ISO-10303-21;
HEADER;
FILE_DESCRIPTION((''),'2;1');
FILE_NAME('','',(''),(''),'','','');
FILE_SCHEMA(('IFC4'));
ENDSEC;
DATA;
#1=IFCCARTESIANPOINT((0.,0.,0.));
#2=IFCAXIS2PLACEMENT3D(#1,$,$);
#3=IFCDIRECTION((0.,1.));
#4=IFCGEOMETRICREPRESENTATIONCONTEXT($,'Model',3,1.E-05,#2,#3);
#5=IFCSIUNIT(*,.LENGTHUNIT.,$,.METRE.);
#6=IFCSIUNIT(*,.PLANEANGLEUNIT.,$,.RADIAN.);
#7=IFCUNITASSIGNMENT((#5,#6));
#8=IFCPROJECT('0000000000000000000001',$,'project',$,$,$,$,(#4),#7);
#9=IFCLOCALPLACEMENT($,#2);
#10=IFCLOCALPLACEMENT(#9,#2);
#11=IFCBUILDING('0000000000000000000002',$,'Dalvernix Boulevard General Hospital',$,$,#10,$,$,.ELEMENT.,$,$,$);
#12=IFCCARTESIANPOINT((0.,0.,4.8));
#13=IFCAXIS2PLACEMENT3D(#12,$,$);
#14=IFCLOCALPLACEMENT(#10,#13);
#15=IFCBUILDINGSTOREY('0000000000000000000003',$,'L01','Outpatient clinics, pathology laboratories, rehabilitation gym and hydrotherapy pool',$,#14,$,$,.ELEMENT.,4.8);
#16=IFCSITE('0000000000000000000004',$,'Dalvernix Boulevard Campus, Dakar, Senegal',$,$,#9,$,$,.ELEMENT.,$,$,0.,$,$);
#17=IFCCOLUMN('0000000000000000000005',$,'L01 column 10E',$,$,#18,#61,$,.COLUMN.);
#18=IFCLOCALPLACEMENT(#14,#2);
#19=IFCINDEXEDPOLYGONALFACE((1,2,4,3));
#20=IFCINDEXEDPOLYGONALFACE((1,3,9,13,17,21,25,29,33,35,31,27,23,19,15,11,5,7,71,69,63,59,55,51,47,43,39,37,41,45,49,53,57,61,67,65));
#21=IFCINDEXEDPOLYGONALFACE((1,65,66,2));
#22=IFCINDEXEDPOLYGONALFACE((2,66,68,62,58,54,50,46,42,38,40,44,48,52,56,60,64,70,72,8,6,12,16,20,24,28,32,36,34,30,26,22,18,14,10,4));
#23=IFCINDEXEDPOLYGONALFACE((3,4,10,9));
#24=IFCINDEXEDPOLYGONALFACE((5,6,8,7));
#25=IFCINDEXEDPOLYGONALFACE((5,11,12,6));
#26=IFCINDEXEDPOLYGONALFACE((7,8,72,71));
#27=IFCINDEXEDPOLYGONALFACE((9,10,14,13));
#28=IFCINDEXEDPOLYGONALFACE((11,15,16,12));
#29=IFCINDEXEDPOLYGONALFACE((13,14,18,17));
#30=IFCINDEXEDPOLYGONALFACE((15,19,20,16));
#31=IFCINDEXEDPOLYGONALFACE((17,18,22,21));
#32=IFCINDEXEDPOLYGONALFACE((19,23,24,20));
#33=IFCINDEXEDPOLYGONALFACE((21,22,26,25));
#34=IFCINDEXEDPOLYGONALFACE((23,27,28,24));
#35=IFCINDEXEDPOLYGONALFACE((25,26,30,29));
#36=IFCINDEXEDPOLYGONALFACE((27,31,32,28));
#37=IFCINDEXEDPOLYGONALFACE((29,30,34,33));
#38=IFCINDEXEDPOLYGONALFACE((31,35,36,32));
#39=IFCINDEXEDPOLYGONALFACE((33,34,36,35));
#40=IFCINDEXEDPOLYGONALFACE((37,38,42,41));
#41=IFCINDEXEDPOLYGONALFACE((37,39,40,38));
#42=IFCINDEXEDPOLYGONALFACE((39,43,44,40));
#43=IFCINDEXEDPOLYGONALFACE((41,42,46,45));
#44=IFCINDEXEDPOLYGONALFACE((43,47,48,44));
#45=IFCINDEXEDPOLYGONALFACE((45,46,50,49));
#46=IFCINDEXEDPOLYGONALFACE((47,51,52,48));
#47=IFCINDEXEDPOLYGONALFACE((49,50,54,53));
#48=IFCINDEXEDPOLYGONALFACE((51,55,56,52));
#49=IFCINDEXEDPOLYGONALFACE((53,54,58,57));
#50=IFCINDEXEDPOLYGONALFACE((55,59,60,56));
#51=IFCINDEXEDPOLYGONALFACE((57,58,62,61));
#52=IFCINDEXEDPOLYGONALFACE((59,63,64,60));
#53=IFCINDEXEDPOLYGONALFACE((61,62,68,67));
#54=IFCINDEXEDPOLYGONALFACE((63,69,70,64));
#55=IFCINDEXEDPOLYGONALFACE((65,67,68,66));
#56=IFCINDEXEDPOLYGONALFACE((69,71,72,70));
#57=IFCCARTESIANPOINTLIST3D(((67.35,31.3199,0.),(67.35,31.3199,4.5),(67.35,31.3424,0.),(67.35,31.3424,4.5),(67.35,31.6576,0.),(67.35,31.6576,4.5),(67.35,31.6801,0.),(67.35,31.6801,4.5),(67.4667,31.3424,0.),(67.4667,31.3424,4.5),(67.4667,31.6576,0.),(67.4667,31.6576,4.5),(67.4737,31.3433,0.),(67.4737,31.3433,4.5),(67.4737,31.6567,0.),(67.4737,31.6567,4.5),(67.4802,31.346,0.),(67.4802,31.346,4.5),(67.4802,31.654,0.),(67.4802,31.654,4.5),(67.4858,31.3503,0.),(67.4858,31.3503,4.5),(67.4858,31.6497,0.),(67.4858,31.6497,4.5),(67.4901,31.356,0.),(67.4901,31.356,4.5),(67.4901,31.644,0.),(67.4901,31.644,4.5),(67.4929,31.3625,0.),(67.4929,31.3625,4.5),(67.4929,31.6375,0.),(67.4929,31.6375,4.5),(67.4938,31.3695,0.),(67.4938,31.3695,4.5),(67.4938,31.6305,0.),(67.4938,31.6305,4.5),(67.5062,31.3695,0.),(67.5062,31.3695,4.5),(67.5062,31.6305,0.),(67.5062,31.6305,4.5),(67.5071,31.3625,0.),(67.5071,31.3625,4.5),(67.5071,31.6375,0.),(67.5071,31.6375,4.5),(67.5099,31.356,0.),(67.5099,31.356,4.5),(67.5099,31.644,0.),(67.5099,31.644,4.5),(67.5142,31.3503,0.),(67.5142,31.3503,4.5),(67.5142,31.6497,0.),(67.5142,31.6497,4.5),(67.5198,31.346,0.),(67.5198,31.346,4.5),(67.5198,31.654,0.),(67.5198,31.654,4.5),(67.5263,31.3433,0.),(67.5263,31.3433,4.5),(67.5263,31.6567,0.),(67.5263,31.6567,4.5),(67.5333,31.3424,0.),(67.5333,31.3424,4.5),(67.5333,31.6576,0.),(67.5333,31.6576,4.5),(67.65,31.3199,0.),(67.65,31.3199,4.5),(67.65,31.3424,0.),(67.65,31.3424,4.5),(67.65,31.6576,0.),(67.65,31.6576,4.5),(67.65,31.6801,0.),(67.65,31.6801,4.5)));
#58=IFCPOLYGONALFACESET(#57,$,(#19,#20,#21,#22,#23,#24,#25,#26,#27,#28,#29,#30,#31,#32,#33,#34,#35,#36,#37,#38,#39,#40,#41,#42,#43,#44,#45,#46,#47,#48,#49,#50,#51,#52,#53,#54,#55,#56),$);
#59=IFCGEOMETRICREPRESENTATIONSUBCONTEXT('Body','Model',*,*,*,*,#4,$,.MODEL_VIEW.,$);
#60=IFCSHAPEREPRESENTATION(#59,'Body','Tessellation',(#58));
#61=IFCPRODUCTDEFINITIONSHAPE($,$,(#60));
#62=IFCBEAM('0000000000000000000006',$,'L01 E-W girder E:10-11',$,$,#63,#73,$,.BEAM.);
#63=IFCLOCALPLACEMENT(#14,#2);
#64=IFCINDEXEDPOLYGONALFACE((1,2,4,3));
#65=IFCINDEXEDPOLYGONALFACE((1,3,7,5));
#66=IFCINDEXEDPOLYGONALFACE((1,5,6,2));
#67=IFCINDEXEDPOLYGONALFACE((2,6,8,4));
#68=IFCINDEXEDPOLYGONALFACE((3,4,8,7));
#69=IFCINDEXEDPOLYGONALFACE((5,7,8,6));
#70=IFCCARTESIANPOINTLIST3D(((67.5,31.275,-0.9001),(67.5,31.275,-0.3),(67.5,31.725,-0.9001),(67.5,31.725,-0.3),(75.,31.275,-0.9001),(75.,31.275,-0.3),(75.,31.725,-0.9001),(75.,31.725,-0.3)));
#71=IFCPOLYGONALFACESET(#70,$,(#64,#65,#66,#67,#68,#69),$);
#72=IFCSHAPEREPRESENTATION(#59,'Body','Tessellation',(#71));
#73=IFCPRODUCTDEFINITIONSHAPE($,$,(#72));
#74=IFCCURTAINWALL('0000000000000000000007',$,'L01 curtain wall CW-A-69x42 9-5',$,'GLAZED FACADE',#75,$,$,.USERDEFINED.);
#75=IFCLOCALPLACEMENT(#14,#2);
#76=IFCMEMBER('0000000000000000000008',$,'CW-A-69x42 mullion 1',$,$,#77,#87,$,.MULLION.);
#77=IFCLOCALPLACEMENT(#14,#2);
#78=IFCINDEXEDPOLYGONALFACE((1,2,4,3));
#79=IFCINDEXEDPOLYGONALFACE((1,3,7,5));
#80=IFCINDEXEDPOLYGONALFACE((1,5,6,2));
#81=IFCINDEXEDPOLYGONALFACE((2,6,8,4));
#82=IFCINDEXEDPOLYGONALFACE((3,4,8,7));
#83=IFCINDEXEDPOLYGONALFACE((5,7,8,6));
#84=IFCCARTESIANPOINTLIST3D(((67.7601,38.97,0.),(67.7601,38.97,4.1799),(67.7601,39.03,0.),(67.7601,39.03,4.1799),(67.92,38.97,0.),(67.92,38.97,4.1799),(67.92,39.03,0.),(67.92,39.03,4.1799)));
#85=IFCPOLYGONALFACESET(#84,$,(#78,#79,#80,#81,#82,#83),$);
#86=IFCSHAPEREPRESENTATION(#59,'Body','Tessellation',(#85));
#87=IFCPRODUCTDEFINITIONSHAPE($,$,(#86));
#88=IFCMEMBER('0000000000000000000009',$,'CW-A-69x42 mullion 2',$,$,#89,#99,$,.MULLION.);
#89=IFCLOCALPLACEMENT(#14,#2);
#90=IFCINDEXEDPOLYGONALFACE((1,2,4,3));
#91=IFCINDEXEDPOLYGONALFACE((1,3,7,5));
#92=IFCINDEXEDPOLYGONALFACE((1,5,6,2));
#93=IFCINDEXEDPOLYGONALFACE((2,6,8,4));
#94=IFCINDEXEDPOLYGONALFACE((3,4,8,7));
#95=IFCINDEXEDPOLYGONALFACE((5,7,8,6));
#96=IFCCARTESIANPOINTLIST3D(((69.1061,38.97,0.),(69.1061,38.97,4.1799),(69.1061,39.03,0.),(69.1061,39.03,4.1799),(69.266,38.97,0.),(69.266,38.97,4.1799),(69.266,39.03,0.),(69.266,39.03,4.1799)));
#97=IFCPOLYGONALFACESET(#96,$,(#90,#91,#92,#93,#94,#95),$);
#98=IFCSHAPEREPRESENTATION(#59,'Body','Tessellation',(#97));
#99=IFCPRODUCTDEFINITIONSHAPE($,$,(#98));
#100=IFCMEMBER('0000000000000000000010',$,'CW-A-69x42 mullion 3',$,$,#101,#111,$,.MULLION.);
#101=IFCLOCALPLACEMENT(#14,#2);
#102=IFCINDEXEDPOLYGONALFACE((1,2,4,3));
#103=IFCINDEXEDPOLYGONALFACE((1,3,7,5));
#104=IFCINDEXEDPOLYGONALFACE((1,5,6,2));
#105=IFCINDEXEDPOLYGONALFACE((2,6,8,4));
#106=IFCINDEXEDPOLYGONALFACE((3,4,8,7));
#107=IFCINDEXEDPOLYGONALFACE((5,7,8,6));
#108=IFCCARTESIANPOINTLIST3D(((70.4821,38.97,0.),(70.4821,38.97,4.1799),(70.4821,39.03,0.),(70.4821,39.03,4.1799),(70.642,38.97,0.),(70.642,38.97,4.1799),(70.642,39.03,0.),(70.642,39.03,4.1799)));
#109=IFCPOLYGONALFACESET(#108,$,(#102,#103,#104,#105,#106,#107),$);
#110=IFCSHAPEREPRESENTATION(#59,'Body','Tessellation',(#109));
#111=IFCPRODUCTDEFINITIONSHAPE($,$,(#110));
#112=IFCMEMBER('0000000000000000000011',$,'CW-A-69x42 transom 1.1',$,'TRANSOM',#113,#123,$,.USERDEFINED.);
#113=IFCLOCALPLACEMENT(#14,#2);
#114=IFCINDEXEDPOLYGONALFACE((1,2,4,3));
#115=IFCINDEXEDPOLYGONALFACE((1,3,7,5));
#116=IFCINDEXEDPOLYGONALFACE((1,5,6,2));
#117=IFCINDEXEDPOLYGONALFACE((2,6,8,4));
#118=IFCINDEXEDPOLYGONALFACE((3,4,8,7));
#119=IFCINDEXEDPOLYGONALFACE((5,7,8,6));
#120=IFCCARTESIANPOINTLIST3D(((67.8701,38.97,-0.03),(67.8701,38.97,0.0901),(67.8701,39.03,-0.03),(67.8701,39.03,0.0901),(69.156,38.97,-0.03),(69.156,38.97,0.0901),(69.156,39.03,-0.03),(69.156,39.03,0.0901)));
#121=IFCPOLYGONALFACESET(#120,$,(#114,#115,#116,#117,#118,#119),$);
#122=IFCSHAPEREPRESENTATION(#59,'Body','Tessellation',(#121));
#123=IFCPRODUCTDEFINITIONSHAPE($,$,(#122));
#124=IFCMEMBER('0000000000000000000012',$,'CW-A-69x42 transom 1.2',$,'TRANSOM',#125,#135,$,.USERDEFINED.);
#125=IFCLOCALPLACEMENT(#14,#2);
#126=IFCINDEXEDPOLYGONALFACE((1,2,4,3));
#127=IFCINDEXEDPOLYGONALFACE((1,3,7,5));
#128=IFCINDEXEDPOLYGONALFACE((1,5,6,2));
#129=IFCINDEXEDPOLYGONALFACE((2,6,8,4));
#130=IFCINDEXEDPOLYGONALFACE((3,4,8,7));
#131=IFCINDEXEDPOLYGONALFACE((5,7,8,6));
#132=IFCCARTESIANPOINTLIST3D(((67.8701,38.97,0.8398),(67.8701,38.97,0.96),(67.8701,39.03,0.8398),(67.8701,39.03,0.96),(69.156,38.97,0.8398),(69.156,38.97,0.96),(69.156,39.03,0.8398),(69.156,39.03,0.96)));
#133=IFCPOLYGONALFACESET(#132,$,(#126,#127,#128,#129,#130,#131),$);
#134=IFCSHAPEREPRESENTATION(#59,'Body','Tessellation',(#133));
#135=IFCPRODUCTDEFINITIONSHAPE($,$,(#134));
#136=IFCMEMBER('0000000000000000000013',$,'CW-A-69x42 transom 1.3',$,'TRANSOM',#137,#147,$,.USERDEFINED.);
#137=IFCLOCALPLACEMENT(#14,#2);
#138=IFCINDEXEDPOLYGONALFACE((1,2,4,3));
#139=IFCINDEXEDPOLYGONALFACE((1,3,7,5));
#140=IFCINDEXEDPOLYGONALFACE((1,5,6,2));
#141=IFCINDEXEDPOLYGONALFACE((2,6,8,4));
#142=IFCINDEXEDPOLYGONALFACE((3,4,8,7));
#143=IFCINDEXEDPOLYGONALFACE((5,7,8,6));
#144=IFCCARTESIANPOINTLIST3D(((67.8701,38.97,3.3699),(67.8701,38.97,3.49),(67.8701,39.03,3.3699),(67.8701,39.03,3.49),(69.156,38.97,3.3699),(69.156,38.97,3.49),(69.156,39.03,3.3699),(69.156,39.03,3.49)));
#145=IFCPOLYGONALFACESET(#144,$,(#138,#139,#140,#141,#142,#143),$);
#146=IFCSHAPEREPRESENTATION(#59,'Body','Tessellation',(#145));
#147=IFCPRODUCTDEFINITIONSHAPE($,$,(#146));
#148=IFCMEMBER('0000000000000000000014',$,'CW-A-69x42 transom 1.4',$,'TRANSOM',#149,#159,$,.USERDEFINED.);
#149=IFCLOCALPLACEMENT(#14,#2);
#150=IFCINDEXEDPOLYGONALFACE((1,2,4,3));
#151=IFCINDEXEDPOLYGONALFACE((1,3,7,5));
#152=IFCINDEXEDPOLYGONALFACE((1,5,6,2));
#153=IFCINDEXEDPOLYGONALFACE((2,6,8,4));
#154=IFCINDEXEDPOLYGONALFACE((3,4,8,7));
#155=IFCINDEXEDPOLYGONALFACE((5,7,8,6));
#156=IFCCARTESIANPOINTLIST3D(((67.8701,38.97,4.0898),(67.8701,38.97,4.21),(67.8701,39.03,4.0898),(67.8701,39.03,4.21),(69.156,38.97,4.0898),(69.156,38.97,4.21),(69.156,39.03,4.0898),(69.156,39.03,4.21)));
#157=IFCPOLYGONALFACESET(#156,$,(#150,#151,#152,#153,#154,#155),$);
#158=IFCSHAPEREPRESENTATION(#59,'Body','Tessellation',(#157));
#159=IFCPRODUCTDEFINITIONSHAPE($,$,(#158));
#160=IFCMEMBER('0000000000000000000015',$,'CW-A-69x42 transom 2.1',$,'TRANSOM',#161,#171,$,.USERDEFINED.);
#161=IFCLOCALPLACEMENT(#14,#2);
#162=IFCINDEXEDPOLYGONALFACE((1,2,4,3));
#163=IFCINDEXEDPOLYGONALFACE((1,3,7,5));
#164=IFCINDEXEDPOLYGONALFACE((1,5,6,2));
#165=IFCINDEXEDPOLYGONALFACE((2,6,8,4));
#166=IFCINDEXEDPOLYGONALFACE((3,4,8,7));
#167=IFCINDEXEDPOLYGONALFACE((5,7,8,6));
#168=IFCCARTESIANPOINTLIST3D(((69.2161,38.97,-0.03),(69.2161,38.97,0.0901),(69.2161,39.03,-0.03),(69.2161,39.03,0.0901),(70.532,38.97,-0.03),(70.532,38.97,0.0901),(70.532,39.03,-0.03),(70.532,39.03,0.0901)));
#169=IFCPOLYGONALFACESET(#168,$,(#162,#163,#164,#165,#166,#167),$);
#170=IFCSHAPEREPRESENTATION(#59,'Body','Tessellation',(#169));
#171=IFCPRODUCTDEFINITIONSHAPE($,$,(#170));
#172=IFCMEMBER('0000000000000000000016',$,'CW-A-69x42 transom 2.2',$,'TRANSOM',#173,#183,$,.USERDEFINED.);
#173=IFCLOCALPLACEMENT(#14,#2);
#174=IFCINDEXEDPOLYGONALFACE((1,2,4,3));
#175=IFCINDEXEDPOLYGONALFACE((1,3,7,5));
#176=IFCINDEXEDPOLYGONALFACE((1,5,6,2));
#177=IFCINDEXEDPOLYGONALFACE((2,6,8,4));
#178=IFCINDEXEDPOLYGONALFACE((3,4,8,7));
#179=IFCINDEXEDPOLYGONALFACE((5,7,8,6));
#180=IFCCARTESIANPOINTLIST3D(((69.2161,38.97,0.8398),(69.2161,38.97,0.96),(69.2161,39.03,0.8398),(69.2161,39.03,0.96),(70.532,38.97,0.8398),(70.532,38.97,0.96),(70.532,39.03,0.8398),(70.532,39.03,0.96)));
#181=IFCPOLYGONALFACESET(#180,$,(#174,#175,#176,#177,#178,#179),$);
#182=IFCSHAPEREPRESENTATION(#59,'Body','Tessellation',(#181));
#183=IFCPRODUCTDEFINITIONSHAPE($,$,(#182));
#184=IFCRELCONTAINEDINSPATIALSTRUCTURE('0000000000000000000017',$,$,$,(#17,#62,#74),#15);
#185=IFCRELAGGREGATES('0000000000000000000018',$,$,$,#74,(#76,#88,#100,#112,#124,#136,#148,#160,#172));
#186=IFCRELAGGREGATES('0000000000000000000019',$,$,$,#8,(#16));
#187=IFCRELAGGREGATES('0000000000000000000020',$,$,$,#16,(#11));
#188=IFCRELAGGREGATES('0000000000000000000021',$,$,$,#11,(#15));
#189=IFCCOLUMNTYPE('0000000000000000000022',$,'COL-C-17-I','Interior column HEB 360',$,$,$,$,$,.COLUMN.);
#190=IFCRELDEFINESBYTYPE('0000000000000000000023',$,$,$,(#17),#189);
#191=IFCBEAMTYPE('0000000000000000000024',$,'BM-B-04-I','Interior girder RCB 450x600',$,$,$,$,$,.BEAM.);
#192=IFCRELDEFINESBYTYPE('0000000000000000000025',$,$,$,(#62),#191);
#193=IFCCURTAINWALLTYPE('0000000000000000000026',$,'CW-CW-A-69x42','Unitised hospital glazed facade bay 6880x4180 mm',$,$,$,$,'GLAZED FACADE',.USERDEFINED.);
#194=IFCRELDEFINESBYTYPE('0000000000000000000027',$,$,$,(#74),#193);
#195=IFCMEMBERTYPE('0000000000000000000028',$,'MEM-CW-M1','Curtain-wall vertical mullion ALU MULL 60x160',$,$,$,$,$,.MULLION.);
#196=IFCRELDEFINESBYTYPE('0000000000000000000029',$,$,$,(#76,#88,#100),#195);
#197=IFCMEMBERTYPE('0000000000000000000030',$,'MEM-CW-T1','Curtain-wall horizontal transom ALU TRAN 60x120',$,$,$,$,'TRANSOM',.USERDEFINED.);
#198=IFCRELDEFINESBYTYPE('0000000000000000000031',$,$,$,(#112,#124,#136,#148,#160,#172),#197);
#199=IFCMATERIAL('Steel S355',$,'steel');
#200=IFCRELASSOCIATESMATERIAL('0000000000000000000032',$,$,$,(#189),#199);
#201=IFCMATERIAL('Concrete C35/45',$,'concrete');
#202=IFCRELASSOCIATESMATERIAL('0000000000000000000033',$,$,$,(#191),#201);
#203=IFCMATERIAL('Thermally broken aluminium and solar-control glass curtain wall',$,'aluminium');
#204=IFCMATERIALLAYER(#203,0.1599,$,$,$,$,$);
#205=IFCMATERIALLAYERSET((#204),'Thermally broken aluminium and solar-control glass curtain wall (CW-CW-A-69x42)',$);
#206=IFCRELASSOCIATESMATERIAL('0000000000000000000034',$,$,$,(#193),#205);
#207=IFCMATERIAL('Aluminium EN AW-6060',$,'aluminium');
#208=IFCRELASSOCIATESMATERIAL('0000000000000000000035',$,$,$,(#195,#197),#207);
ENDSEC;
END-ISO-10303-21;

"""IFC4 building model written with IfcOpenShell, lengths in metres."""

from ifc_helpers import new_model, si_unit, direction, frame, origin, origin_2d, place, context, subcontext, project, spatial, rectangle, i_section, extrude, material, layer, layer_set, material_profile, profile_set, type_object, element, aggregate, save


model = new_model("IFC4")

# Units and contexts
model_context = context("Model", 3, precision=1e-05, world=origin(), true_north=direction((0.0, 1.0)))
body_context = subcontext(model_context, "Body", "Model", "MODEL_VIEW")
ifc_project = project(units=[si_unit("LENGTHUNIT", "METRE"), si_unit("PLANEANGLEUNIT", "RADIAN")], contexts=[model_context])

# Site, building, storey
site_placement = place(None, origin())
site = spatial("IfcSite", under=ifc_project, at=site_placement, Name="Dalvernix Boulevard Campus, Dakar, Senegal", CompositionType="ELEMENT", RefElevation=0.0)
building_placement = place(site_placement, origin())
building = spatial("IfcBuilding", under=site, at=building_placement, Name="Dalvernix Boulevard General Hospital", CompositionType="ELEMENT")
storey_placement = place(building_placement, frame((0.0, 0.0, 4.8)))
storey = spatial("IfcBuildingStorey", under=building, at=storey_placement, Name="L01", Description="Outpatient clinics, pathology laboratories, rehabilitation gym and hydrotherapy pool", CompositionType="ELEMENT", Elevation=4.8)

# Column
ifc_material_1 = material(Name="Steel S355", Category="steel")
ifc_material_profile_1 = material_profile(ifc_material_1, i_section(OverallWidth=0.3, OverallDepth=0.3601, WebThickness=0.0125, FlangeThickness=0.0225, FilletRadius=0.0271, at=origin_2d()), Name="HEB 360")
ifc_profile_set_1 = profile_set([ifc_material_profile_1], Name="Steel S355")
column_type = type_object("IfcColumnType", Name="COL-C-17-I", Description="Interior column HEB 360", PredefinedType="COLUMN", material=ifc_profile_set_1)
column_placement = place(storey_placement, frame((67.5, 31.5, 0.0), z_axis=(0.0, 0.0, 1.0), x_axis=(1.0, 0.0, 0.0)))
element("IfcColumn", 1, at=column_placement, inside=storey, type_object=column_type, Name="L01 column 10E", PredefinedType="COLUMN", context=body_context, shape_type="SweptSolid", body=[
    extrude(i_section(OverallWidth=0.3, OverallDepth=0.3601, WebThickness=0.0125, FlangeThickness=0.0225, FilletRadius=0.0271, at=origin_2d()), origin(), (0.0, 0.0, 1.0), 4.5),
])

# Beam
ifc_material_2 = material(Name="Concrete C35/45", Category="concrete")
ifc_material_profile_2 = material_profile(ifc_material_2, rectangle(XDim=0.45, YDim=0.6001, at=origin_2d()), Name="RCB 450x600")
ifc_profile_set_2 = profile_set([ifc_material_profile_2], Name="Concrete C35/45")
beam_type = type_object("IfcBeamType", Name="BM-B-04-I", Description="Interior girder RCB 450x600", PredefinedType="BEAM", material=ifc_profile_set_2)
beam_placement = place(storey_placement, frame((67.5, 31.5, -0.6001), z_axis=(1.0, 0.0, 0.0), x_axis=(0.0, 1.0, 0.0)))
element("IfcBeam", 2, at=beam_placement, inside=storey, type_object=beam_type, Name="L01 E-W girder E:10-11", PredefinedType="BEAM", context=body_context, shape_type="SweptSolid", body=[
    extrude(rectangle(XDim=0.45, YDim=0.6001, at=origin_2d()), origin(), (0.0, 0.0, 1.0), 7.5),
])

# Curtain wall, members
ifc_material_3 = material(Name="Thermally broken aluminium and solar-control glass curtain wall", Category="aluminium")
ifc_layer_1 = layer(ifc_material_3, 0.1599)
ifc_layer_set_1 = layer_set([ifc_layer_1], Name="Thermally broken aluminium and solar-control glass curtain wall (CW-CW-A-69x42)")
curtain_wall_type = type_object("IfcCurtainWallType", Name="CW-CW-A-69x42", Description="Unitised hospital glazed facade bay 6880x4180 mm", ElementType="GLAZED FACADE", PredefinedType="USERDEFINED", material=ifc_layer_set_1)
curtain_wall_placement = place(storey_placement, origin())
curtain_wall = element("IfcCurtainWall", 3, at=curtain_wall_placement, inside=storey, type_object=curtain_wall_type, Name="L01 curtain wall CW-A-69x42 9-5", ObjectType="GLAZED FACADE", PredefinedType="USERDEFINED")
ifc_material_4 = material(Name="Aluminium EN AW-6060", Category="aluminium")
ifc_material_profile_3 = material_profile(ifc_material_4, rectangle(XDim=0.0601, YDim=0.1599, at=origin_2d()), Name="ALU MULL 60x160")
ifc_profile_set_3 = profile_set([ifc_material_profile_3], Name="Aluminium EN AW-6060")
member_type_1 = type_object("IfcMemberType", Name="MEM-CW-M1", Description="Curtain-wall vertical mullion ALU MULL 60x160", PredefinedType="MULLION", material=ifc_profile_set_3)
member_1_placement = place(storey_placement, frame((67.8401, 39.0, 0.0), z_axis=(0.0, 0.0, 1.0), x_axis=(0.0, 1.0, 0.0)))
member_1 = element("IfcMember", 4, at=member_1_placement, type_object=member_type_1, Name="CW-A-69x42 mullion 1", PredefinedType="MULLION", context=body_context, shape_type="SweptSolid", body=[
    extrude(rectangle(XDim=0.0601, YDim=0.1599, at=origin_2d()), origin(), (0.0, 0.0, 1.0), 4.1799),
])
member_2_placement = place(storey_placement, frame((69.186, 39.0, 0.0), z_axis=(0.0, 0.0, 1.0), x_axis=(0.0, 1.0, 0.0)))
member_2 = element("IfcMember", 5, at=member_2_placement, type_object=member_type_1, Name="CW-A-69x42 mullion 2", PredefinedType="MULLION", context=body_context, shape_type="SweptSolid", body=[
    extrude(rectangle(XDim=0.0601, YDim=0.1599, at=origin_2d()), origin(), (0.0, 0.0, 1.0), 4.1799),
])
member_3_placement = place(storey_placement, frame((70.562, 39.0, 0.0), z_axis=(0.0, 0.0, 1.0), x_axis=(0.0, 1.0, 0.0)))
member_3 = element("IfcMember", 6, at=member_3_placement, type_object=member_type_1, Name="CW-A-69x42 mullion 3", PredefinedType="MULLION", context=body_context, shape_type="SweptSolid", body=[
    extrude(rectangle(XDim=0.0601, YDim=0.1599, at=origin_2d()), origin(), (0.0, 0.0, 1.0), 4.1799),
])
ifc_material_profile_4 = material_profile(ifc_material_4, rectangle(XDim=0.0601, YDim=0.1201, at=origin_2d()), Name="ALU TRAN 60x120")
ifc_profile_set_4 = profile_set([ifc_material_profile_4], Name="Aluminium EN AW-6060")
member_type_2 = type_object("IfcMemberType", Name="MEM-CW-T1", Description="Curtain-wall horizontal transom ALU TRAN 60x120", ElementType="TRANSOM", PredefinedType="USERDEFINED", material=ifc_profile_set_4)
member_4_placement = place(storey_placement, frame((67.8701, 39.0, 0.03), z_axis=(1.0, 0.0, 0.0), x_axis=(0.0, 1.0, 0.0)))
member_4 = element("IfcMember", 7, at=member_4_placement, type_object=member_type_2, Name="CW-A-69x42 transom 1.1", ObjectType="TRANSOM", PredefinedType="USERDEFINED", context=body_context, shape_type="SweptSolid", body=[
    extrude(rectangle(XDim=0.0601, YDim=0.1201, at=origin_2d()), origin(), (0.0, 0.0, 1.0), 1.2859),
])
member_5_placement = place(storey_placement, frame((67.8701, 39.0, 0.8999), z_axis=(1.0, 0.0, 0.0), x_axis=(0.0, 1.0, 0.0)))
member_5 = element("IfcMember", 8, at=member_5_placement, type_object=member_type_2, Name="CW-A-69x42 transom 1.2", ObjectType="TRANSOM", PredefinedType="USERDEFINED", context=body_context, shape_type="SweptSolid", body=[
    extrude(rectangle(XDim=0.0601, YDim=0.1201, at=origin_2d()), origin(), (0.0, 0.0, 1.0), 1.2859),
])
member_6_placement = place(storey_placement, frame((67.8701, 39.0, 3.4299), z_axis=(1.0, 0.0, 0.0), x_axis=(0.0, 1.0, 0.0)))
member_6 = element("IfcMember", 9, at=member_6_placement, type_object=member_type_2, Name="CW-A-69x42 transom 1.3", ObjectType="TRANSOM", PredefinedType="USERDEFINED", context=body_context, shape_type="SweptSolid", body=[
    extrude(rectangle(XDim=0.0601, YDim=0.1201, at=origin_2d()), origin(), (0.0, 0.0, 1.0), 1.2859),
])
member_7_placement = place(storey_placement, frame((67.8701, 39.0, 4.1499), z_axis=(1.0, 0.0, 0.0), x_axis=(0.0, 1.0, 0.0)))
member_7 = element("IfcMember", 10, at=member_7_placement, type_object=member_type_2, Name="CW-A-69x42 transom 1.4", ObjectType="TRANSOM", PredefinedType="USERDEFINED", context=body_context, shape_type="SweptSolid", body=[
    extrude(rectangle(XDim=0.0601, YDim=0.1201, at=origin_2d()), origin(), (0.0, 0.0, 1.0), 1.2859),
])
member_8_placement = place(storey_placement, frame((69.2161, 39.0, 0.03), z_axis=(1.0, 0.0, 0.0), x_axis=(0.0, 1.0, 0.0)))
member_8 = element("IfcMember", 11, at=member_8_placement, type_object=member_type_2, Name="CW-A-69x42 transom 2.1", ObjectType="TRANSOM", PredefinedType="USERDEFINED", context=body_context, shape_type="SweptSolid", body=[
    extrude(rectangle(XDim=0.0601, YDim=0.1201, at=origin_2d()), origin(), (0.0, 0.0, 1.0), 1.3159),
])
member_9_placement = place(storey_placement, frame((69.2161, 39.0, 0.8999), z_axis=(1.0, 0.0, 0.0), x_axis=(0.0, 1.0, 0.0)))
member_9 = element("IfcMember", 12, at=member_9_placement, type_object=member_type_2, Name="CW-A-69x42 transom 2.2", ObjectType="TRANSOM", PredefinedType="USERDEFINED", context=body_context, shape_type="SweptSolid", body=[
    extrude(rectangle(XDim=0.0601, YDim=0.1201, at=origin_2d()), origin(), (0.0, 0.0, 1.0), 1.3159),
])
aggregate(curtain_wall, [member_1, member_2, member_3, member_4, member_5, member_6, member_7, member_8, member_9])

save(model, "model.ifc")
